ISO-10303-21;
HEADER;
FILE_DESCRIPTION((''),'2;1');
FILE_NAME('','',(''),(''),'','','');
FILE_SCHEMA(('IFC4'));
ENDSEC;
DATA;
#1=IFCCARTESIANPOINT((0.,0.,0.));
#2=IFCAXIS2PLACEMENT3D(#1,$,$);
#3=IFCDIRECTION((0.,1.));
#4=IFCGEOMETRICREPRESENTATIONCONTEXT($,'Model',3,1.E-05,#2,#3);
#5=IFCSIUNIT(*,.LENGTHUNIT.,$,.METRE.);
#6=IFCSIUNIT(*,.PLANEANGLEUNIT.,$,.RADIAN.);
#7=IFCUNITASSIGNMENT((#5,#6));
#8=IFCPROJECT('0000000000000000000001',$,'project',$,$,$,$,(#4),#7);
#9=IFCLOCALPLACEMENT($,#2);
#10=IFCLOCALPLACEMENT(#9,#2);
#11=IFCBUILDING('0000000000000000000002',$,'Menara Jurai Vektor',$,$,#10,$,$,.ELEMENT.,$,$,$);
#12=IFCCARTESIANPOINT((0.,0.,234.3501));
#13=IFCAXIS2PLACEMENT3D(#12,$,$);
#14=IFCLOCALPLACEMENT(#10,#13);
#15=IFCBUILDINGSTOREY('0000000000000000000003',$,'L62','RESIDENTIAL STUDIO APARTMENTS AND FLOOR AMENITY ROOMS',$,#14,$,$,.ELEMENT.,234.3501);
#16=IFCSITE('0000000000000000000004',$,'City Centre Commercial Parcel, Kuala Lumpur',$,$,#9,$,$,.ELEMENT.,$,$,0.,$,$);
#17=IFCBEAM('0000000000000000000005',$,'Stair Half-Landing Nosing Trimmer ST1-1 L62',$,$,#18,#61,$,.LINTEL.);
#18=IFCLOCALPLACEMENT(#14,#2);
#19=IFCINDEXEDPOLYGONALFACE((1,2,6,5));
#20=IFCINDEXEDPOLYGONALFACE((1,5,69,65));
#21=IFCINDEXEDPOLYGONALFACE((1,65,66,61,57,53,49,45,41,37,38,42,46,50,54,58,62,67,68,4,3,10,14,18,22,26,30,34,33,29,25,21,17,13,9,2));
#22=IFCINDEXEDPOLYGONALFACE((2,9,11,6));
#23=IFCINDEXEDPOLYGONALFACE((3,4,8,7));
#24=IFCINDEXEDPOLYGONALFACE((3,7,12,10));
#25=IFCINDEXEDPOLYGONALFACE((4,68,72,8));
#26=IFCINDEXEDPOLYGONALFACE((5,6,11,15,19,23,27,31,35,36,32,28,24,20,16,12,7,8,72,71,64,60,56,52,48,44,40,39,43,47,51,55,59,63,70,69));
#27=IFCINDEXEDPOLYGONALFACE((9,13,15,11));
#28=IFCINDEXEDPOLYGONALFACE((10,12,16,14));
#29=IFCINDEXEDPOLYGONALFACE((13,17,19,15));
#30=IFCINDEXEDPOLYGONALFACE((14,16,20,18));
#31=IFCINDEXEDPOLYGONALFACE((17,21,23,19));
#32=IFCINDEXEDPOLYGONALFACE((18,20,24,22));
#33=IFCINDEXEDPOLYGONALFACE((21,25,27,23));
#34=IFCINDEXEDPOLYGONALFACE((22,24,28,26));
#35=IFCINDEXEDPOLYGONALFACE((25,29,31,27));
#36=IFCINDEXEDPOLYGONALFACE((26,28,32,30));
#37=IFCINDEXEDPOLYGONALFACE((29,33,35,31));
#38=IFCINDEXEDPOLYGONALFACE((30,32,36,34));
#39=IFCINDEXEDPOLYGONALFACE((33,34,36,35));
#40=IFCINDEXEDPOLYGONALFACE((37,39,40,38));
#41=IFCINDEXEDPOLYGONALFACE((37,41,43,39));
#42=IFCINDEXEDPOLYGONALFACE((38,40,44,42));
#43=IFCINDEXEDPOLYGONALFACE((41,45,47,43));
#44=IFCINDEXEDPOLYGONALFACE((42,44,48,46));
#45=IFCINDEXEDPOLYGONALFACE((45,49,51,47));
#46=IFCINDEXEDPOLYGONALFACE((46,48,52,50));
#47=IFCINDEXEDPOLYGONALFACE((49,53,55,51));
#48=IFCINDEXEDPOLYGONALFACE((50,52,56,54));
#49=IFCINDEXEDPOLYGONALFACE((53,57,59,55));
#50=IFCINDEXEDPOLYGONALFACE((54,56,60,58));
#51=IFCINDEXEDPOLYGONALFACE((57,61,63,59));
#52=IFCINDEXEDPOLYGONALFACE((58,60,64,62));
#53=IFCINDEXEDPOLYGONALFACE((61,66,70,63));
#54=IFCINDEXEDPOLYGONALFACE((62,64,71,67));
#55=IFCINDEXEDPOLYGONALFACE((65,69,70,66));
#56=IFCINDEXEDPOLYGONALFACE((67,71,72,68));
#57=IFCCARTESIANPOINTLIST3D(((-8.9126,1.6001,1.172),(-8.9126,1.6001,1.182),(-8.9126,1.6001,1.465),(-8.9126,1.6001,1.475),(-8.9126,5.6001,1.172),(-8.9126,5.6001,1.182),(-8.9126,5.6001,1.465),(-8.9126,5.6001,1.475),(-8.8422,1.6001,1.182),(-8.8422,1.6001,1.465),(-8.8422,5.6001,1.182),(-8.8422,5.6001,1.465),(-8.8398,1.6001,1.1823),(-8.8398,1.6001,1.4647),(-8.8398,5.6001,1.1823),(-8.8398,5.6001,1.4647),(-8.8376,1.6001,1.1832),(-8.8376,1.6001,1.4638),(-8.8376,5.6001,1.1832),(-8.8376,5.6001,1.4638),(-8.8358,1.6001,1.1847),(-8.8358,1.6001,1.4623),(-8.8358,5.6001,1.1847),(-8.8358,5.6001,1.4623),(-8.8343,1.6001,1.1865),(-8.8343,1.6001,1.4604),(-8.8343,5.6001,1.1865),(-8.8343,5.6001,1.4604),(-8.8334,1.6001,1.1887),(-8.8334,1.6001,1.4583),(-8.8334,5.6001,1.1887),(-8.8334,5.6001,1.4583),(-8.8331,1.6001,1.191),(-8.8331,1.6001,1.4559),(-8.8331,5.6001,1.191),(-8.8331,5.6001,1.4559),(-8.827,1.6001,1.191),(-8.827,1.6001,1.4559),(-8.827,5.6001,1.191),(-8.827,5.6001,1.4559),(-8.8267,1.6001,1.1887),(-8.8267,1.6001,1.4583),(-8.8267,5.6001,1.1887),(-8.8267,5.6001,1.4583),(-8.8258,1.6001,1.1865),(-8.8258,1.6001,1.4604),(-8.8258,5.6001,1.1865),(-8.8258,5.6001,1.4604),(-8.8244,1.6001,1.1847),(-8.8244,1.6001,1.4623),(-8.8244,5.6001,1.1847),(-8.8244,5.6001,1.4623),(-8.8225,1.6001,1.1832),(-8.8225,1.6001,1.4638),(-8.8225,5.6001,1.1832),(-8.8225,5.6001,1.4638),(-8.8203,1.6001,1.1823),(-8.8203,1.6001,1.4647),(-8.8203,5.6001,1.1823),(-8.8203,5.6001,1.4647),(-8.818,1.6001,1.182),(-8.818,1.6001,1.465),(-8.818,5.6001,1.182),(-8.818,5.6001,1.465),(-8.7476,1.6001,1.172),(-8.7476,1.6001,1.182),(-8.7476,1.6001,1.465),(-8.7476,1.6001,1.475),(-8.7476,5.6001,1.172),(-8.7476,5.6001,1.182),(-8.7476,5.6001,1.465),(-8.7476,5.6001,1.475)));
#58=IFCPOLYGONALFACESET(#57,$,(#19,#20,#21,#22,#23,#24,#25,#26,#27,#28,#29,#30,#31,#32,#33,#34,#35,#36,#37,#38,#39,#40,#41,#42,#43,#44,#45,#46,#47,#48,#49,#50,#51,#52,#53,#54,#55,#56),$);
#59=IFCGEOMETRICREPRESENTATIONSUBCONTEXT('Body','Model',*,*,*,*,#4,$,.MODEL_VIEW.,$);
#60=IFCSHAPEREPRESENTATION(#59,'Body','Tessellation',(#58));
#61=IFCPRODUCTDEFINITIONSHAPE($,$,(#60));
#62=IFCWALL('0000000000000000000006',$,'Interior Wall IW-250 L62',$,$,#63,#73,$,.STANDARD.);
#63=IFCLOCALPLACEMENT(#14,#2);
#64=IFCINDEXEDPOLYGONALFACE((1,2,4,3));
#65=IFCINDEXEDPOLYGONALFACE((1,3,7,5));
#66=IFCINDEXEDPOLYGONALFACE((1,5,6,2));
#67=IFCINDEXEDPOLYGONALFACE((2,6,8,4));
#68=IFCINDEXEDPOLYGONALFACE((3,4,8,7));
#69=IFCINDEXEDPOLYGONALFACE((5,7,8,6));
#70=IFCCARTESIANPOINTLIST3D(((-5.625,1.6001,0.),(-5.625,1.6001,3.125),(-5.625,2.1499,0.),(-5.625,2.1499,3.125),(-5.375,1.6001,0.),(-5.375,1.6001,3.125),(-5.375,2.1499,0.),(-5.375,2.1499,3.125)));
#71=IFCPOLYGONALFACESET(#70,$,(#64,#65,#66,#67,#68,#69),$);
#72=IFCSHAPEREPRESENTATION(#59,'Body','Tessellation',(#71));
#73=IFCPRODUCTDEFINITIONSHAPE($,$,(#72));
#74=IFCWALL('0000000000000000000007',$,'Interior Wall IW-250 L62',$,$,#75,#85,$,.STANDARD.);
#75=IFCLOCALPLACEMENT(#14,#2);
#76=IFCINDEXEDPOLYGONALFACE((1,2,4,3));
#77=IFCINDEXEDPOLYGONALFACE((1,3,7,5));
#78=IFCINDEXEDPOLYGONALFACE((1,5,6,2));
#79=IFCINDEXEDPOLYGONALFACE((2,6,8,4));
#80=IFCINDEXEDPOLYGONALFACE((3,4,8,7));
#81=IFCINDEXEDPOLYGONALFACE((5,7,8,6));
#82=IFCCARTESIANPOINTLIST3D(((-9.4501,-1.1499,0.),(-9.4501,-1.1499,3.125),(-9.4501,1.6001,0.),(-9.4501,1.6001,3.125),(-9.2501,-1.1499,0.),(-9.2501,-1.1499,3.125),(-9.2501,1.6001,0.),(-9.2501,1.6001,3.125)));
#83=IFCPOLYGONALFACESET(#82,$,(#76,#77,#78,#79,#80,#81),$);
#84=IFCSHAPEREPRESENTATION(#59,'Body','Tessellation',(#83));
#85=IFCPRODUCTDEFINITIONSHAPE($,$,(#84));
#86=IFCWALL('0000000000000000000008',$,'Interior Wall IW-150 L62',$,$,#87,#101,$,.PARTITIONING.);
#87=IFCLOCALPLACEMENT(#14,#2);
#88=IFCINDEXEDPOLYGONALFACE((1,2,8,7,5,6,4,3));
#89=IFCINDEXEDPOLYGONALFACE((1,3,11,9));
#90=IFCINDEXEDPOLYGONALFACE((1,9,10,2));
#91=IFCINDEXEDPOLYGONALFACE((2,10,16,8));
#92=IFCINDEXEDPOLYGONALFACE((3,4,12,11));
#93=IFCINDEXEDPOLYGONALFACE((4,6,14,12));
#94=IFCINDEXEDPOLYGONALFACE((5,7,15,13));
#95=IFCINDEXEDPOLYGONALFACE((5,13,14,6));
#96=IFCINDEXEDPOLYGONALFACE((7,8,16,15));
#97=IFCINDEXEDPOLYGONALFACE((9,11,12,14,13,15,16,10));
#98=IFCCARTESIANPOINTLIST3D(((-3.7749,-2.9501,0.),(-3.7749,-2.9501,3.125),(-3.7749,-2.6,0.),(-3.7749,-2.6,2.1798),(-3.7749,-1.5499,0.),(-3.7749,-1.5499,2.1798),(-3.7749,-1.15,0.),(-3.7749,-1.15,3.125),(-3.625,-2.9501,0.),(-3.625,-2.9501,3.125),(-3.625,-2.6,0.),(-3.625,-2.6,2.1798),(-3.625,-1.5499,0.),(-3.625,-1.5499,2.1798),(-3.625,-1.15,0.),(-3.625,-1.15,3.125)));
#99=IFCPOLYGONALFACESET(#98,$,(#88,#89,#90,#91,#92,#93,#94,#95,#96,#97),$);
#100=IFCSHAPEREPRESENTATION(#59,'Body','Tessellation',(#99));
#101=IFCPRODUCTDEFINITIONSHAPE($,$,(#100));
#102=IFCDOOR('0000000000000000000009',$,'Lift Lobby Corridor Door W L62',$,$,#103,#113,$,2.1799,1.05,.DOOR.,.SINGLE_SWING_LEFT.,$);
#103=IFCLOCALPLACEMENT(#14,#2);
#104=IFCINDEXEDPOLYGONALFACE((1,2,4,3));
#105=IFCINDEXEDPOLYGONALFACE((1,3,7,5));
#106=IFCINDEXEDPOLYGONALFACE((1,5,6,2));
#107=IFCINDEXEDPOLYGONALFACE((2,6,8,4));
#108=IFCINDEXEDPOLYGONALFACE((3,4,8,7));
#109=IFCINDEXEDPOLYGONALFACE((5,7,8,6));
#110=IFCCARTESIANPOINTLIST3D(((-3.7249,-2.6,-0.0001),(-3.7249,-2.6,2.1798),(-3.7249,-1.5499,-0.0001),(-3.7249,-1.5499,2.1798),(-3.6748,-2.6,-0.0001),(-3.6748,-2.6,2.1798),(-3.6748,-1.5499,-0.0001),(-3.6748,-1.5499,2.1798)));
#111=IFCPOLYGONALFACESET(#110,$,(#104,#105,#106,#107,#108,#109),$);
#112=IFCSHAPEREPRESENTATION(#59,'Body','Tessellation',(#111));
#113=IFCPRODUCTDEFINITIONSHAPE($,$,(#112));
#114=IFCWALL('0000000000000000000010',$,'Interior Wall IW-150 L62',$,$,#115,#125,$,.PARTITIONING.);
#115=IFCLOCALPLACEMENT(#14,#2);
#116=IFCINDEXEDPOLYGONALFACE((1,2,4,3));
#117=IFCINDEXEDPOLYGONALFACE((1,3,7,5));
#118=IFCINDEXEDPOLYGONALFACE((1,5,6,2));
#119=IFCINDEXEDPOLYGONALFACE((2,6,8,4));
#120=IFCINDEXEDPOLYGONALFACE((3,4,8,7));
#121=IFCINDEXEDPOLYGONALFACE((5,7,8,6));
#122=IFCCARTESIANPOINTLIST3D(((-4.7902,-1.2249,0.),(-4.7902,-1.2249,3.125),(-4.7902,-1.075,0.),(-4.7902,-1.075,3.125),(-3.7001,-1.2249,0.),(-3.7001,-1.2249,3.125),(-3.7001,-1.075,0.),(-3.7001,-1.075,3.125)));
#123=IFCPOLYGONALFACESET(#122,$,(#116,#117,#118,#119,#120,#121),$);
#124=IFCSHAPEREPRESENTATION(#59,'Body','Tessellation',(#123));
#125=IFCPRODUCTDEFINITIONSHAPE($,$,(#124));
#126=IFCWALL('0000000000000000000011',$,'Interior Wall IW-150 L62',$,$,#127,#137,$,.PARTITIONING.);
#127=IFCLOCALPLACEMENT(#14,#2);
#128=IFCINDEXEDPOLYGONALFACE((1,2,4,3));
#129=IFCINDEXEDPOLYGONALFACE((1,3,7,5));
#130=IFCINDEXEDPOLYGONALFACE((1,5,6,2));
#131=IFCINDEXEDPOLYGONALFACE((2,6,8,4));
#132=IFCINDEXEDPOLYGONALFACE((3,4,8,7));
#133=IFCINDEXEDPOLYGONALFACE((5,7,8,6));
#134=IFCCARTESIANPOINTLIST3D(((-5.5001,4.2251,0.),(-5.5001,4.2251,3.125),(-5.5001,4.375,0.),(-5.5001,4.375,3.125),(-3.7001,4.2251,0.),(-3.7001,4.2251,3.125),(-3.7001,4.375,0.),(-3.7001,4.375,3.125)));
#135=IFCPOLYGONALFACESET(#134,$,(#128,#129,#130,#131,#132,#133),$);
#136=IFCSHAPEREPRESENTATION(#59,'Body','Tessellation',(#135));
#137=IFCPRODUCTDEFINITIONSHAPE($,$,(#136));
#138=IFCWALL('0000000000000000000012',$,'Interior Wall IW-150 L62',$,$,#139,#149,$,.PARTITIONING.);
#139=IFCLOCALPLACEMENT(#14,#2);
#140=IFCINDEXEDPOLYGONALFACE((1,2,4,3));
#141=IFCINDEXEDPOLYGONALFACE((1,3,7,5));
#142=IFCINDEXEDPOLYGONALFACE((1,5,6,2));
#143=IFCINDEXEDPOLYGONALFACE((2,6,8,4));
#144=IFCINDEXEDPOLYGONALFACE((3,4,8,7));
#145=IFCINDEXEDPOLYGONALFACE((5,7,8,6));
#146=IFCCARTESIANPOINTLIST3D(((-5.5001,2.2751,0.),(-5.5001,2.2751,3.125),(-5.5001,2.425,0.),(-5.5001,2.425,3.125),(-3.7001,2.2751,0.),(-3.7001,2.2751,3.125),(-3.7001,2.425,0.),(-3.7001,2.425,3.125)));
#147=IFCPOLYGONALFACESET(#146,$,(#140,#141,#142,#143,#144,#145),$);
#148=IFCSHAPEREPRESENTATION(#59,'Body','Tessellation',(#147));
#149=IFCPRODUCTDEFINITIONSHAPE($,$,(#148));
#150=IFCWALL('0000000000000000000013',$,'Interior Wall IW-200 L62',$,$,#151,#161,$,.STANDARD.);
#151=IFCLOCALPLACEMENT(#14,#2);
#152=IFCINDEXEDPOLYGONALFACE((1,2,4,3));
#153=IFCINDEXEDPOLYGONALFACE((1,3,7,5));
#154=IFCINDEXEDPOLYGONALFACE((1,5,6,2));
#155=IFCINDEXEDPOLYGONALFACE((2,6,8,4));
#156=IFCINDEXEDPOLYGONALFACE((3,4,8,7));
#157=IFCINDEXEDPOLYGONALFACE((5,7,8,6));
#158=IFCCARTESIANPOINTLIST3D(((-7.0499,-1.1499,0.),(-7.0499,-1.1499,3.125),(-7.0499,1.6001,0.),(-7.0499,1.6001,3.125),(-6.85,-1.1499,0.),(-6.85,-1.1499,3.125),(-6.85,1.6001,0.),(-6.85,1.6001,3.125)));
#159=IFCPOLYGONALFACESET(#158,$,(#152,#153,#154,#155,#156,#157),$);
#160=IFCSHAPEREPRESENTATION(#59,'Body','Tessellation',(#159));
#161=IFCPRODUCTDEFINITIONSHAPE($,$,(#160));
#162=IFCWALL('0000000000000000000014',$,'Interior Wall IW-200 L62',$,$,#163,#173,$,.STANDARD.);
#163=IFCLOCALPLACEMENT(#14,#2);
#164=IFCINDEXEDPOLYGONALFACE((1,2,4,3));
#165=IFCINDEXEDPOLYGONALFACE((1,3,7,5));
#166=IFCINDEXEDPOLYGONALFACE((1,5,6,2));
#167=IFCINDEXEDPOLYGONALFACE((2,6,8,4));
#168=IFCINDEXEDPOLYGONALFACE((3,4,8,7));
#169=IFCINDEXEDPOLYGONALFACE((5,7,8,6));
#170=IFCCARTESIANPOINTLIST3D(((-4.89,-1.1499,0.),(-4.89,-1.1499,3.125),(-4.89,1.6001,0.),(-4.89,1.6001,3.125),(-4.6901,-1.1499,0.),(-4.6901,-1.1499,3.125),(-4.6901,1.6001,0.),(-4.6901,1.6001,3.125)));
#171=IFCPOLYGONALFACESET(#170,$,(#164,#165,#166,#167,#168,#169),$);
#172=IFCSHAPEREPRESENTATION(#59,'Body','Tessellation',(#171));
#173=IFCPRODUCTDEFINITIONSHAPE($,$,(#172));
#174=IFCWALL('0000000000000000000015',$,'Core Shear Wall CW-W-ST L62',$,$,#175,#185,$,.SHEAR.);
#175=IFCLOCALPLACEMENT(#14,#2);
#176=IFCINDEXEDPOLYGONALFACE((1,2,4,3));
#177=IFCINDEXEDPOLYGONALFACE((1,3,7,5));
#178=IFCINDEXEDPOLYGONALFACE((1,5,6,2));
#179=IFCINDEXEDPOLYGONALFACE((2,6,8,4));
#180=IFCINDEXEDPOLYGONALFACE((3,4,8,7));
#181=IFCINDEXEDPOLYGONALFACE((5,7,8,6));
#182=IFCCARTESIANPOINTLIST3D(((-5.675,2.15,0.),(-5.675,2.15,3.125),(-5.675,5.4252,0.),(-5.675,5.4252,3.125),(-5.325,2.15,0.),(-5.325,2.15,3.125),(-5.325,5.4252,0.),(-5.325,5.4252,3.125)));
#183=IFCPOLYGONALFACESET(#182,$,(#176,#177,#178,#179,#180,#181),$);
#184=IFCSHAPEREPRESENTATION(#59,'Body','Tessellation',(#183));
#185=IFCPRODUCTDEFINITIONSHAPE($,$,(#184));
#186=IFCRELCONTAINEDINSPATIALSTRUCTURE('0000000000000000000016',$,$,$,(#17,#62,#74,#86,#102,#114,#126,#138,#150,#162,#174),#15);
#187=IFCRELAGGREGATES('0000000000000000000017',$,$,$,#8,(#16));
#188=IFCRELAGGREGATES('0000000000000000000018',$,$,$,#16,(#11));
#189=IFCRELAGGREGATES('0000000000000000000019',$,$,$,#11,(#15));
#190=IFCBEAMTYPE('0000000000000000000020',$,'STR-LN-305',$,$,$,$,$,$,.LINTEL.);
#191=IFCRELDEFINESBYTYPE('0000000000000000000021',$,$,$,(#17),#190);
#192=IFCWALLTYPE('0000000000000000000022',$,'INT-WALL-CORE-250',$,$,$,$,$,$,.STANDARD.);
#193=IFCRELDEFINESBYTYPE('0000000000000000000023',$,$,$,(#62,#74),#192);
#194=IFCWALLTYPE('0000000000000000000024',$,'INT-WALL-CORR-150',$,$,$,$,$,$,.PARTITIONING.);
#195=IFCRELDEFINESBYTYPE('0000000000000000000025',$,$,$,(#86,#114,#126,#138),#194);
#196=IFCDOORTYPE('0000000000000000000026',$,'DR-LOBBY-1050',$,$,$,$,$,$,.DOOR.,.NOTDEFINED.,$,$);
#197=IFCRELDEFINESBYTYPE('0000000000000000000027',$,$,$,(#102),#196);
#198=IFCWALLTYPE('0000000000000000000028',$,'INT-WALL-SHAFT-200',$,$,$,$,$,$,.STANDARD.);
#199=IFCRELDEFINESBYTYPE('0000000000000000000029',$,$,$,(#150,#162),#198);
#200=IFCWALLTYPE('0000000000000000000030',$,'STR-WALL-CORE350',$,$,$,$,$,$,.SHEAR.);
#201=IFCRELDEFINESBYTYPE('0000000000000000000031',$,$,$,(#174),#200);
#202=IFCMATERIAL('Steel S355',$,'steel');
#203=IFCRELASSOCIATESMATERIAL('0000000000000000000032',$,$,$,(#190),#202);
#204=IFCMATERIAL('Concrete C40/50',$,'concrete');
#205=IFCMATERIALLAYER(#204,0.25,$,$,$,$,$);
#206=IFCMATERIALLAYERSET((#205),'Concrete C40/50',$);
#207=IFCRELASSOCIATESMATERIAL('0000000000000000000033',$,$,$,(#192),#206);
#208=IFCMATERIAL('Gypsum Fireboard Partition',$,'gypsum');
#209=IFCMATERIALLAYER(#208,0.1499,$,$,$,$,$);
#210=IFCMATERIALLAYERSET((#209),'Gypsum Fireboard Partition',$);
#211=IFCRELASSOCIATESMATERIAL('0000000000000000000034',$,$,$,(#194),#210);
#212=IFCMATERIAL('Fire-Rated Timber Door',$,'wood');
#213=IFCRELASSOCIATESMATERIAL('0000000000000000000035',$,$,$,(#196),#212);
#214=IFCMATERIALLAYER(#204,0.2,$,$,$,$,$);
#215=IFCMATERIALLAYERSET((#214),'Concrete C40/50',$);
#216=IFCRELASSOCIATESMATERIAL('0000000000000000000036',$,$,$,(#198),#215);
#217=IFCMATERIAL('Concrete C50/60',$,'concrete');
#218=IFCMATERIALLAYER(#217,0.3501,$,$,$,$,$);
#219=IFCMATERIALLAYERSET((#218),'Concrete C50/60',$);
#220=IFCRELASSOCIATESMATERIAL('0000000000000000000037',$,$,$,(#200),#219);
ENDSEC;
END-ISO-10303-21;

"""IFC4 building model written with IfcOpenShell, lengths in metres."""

from ifc_helpers import new_model, si_unit, direction, frame, frame_2d, origin, origin_2d, place, context, subcontext, project, spatial, rectangle, i_section, extrude, material, layer, layer_set, material_profile, profile_set, type_object, element, fill, save


model = new_model("IFC4")

# Units and contexts
model_context = context("Model", 3, precision=1e-05, world=origin(), true_north=direction((0.0, 1.0)))
body_context = subcontext(model_context, "Body", "Model", "MODEL_VIEW")
ifc_project = project(units=[si_unit("LENGTHUNIT", "METRE"), si_unit("PLANEANGLEUNIT", "RADIAN")], contexts=[model_context])

# Site, building, storey
site_placement = place(None, origin())
site = spatial("IfcSite", under=ifc_project, at=site_placement, Name="City Centre Commercial Parcel, Kuala Lumpur", CompositionType="ELEMENT", RefElevation=0.0)
building_placement = place(site_placement, origin())
building = spatial("IfcBuilding", under=site, at=building_placement, Name="Menara Jurai Vektor", CompositionType="ELEMENT")
storey_placement = place(building_placement, frame((0.0, 0.0, 234.3501)))
storey = spatial("IfcBuildingStorey", under=building, at=storey_placement, Name="L62", Description="RESIDENTIAL STUDIO APARTMENTS AND FLOOR AMENITY ROOMS", CompositionType="ELEMENT", Elevation=234.3501)

# Beam
ifc_material_1 = material(Name="Steel S355", Category="steel")
ifc_material_profile = material_profile(ifc_material_1, i_section(OverallWidth=0.165, OverallDepth=0.303, WebThickness=0.0061, FlangeThickness=0.01, FilletRadius=0.009, at=origin_2d()), Name="UKB 305x165x40")
ifc_profile_set = profile_set([ifc_material_profile], Name="Steel S355")
beam_type = type_object("IfcBeamType", Name="STR-LN-305", PredefinedType="LINTEL", material=ifc_profile_set)
beam_placement = place(storey_placement, frame((-8.8301, 1.6001, 1.3235), z_axis=(0.0, 1.0, 0.0), x_axis=(-1.0, 0.0, 0.0)))
element("IfcBeam", 1, at=beam_placement, inside=storey, type_object=beam_type, Name="Stair Half-Landing Nosing Trimmer ST1-1 L62", PredefinedType="LINTEL", context=body_context, shape_type="SweptSolid", body=[
    extrude(i_section(OverallWidth=0.165, OverallDepth=0.303, WebThickness=0.0061, FlangeThickness=0.01, FilletRadius=0.009, at=origin_2d()), origin(), (0.0, 0.0, 1.0), 4.0),
])

# Walls
ifc_material_2 = material(Name="Concrete C40/50", Category="concrete")
ifc_layer_1 = layer(ifc_material_2, 0.25)
ifc_layer_set_1 = layer_set([ifc_layer_1], Name="Concrete C40/50")
wall_type_1 = type_object("IfcWallType", Name="INT-WALL-CORE-250", PredefinedType="STANDARD", material=ifc_layer_set_1)
wall_1_placement = place(storey_placement, frame((-5.5, 1.6001, 0.0), z_axis=(0.0, 0.0, 1.0), x_axis=(0.0, 1.0, 0.0)))
element("IfcWall", 2, at=wall_1_placement, inside=storey, type_object=wall_type_1, Name="Interior Wall IW-250 L62", PredefinedType="STANDARD", context=body_context, shape_type="SweptSolid", body=[
    extrude(rectangle(XDim=0.5498, YDim=0.25, at=frame_2d((0.2749, 0.0))), origin(), (0.0, 0.0, 1.0), 3.125),
])
wall_2_placement = place(storey_placement, frame((-9.3501, -1.1499, 0.0), z_axis=(0.0, 0.0, 1.0), x_axis=(0.0, 1.0, 0.0)))
element("IfcWall", 3, at=wall_2_placement, inside=storey, type_object=wall_type_1, Name="Interior Wall IW-250 L62", PredefinedType="STANDARD", context=body_context, shape_type="SweptSolid", body=[
    extrude(rectangle(XDim=2.75, YDim=0.2, at=frame_2d((1.375, 0.0))), origin(), (0.0, 0.0, 1.0), 3.125),
])

# Wall, opening, door
ifc_material_3 = material(Name="Gypsum Fireboard Partition", Category="gypsum")
ifc_layer_2 = layer(ifc_material_3, 0.1499)
ifc_layer_set_2 = layer_set([ifc_layer_2], Name="Gypsum Fireboard Partition")
wall_type_2 = type_object("IfcWallType", Name="INT-WALL-CORR-150", PredefinedType="PARTITIONING", material=ifc_layer_set_2)
wall_3_placement = place(storey_placement, frame((-3.7, -2.95, 0.0), z_axis=(0.0, 0.0, 1.0), x_axis=(0.0, 1.0, 0.0)))
wall_3 = element("IfcWall", 4, at=wall_3_placement, inside=storey, type_object=wall_type_2, Name="Interior Wall IW-150 L62", PredefinedType="PARTITIONING", context=body_context, shape_type="SweptSolid", body=[
    extrude(rectangle(XDim=1.8, YDim=0.1499, at=frame_2d((0.8999, 0.0))), origin(), (0.0, 0.0, 1.0), 3.125),
])
opening_1_placement = place(wall_3_placement, frame((0.3501, 0.0, 0.0)))
opening_1 = element("IfcOpeningElement", 5, at=opening_1_placement, cuts=wall_3, PredefinedType="OPENING", context=body_context, shape_type="SweptSolid", body=[
    extrude(rectangle(XDim=1.05, YDim=2.1799, at=frame_2d((0.5249, 1.0898))), frame((0.0, 0.085, 0.0), z_axis=(0.0, -1.0, 0.0), x_axis=(1.0, 0.0, 0.0)), (0.0, 0.0, 1.0), 0.1699),
])
ifc_material_4 = material(Name="Fire-Rated Timber Door", Category="wood")
door_type_1 = type_object("IfcDoorType", Name="DR-LOBBY-1050", OperationType="NOTDEFINED", PredefinedType="DOOR", material=ifc_material_4)
door_1_placement = place(opening_1_placement, origin())
door_1 = element("IfcDoor", 6, at=door_1_placement, inside=storey, type_object=door_type_1, Name="Lift Lobby Corridor Door W L62", OperationType="SINGLE_SWING_LEFT", OverallHeight=2.1799, OverallWidth=1.05, PredefinedType="DOOR", context=body_context, shape_type="SweptSolid", body=[
    extrude(rectangle(XDim=1.05, YDim=2.1799, at=frame_2d((0.5249, 1.0898))), frame((0.0, 0.0249, 0.0), z_axis=(0.0, -1.0, 0.0), x_axis=(1.0, 0.0, 0.0)), (0.0, 0.0, 1.0), 0.05),
])
fill(opening_1, door_1)

# Walls
wall_4_placement = place(storey_placement, frame((-4.79, -1.1499, 0.0), z_axis=(0.0, 0.0, 1.0), x_axis=(1.0, 0.0, 0.0)))
element("IfcWall", 7, at=wall_4_placement, inside=storey, type_object=wall_type_2, Name="Interior Wall IW-150 L62", PredefinedType="PARTITIONING", context=body_context, shape_type="SweptSolid", body=[
    extrude(rectangle(XDim=1.0901, YDim=0.1499, at=frame_2d((0.5449, 0.0))), origin(), (0.0, 0.0, 1.0), 3.125),
])
for number, where, z_axis, x_axis, name in (
    (8, (-5.5, 4.3, 0.0), (0.0, 0.0, 1.0), (1.0, 0.0, 0.0), "Interior Wall IW-150 L62"),
    (9, (-5.5, 2.3501, 0.0), (0.0, 0.0, 1.0), (1.0, 0.0, 0.0), "Interior Wall IW-150 L62"),
):
    element("IfcWall", number, at=place(storey_placement, frame(where, z_axis=z_axis, x_axis=x_axis)), inside=storey, type_object=wall_type_2, Name=name, PredefinedType="PARTITIONING", context=body_context, shape_type="SweptSolid", body=[
        extrude(rectangle(XDim=1.8, YDim=0.1499, at=frame_2d((0.8999, 0.0))), origin(), (0.0, 0.0, 1.0), 3.125),
    ])

# Shared definitions
ifc_layer_3 = layer(ifc_material_2, 0.2)
ifc_layer_set_3 = layer_set([ifc_layer_3], Name="Concrete C40/50")
wall_type_3 = type_object("IfcWallType", Name="INT-WALL-SHAFT-200", PredefinedType="STANDARD", material=ifc_layer_set_3)

# Wall
wall_5_placement = place(storey_placement, frame((-6.95, -1.1499, 0.0), z_axis=(0.0, 0.0, 1.0), x_axis=(0.0, 1.0, 0.0)))
element("IfcWall", 10, at=wall_5_placement, inside=storey, type_object=wall_type_3, Name="Interior Wall IW-200 L62", PredefinedType="STANDARD", context=body_context, shape_type="SweptSolid", body=[
    extrude(rectangle(XDim=2.75, YDim=0.2, at=frame_2d((1.375, 0.0))), origin(), (0.0, 0.0, 1.0), 3.125),
])

# Wall
wall_6_placement = place(storey_placement, frame((-4.79, -1.1499, 0.0), z_axis=(0.0, 0.0, 1.0), x_axis=(0.0, 1.0, 0.0)))
element("IfcWall", 11, at=wall_6_placement, inside=storey, type_object=wall_type_3, Name="Interior Wall IW-200 L62", PredefinedType="STANDARD", context=body_context, shape_type="SweptSolid", body=[
    extrude(rectangle(XDim=2.75, YDim=0.2, at=frame_2d((1.375, 0.0))), origin(), (0.0, 0.0, 1.0), 3.125),
])

# Wall
ifc_material_5 = material(Name="Concrete C50/60", Category="concrete")
ifc_layer_4 = layer(ifc_material_5, 0.3501)
ifc_layer_set_4 = layer_set([ifc_layer_4], Name="Concrete C50/60")
wall_type_4 = type_object("IfcWallType", Name="STR-WALL-CORE350", PredefinedType="SHEAR", material=ifc_layer_set_4)
wall_7_placement = place(storey_placement, frame((-5.5, 2.1499, 0.0), z_axis=(0.0, 0.0, 1.0), x_axis=(0.0, 1.0, 0.0)))
element("IfcWall", 12, at=wall_7_placement, inside=storey, type_object=wall_type_4, Name="Core Shear Wall CW-W-ST L62", PredefinedType="SHEAR", context=body_context, shape_type="SweptSolid", body=[
    extrude(rectangle(XDim=3.2751, YDim=0.3501, at=frame_2d((1.6377, 0.0))), origin(), (0.0, 0.0, 1.0), 3.125),
])

save(model, "model.ifc")
